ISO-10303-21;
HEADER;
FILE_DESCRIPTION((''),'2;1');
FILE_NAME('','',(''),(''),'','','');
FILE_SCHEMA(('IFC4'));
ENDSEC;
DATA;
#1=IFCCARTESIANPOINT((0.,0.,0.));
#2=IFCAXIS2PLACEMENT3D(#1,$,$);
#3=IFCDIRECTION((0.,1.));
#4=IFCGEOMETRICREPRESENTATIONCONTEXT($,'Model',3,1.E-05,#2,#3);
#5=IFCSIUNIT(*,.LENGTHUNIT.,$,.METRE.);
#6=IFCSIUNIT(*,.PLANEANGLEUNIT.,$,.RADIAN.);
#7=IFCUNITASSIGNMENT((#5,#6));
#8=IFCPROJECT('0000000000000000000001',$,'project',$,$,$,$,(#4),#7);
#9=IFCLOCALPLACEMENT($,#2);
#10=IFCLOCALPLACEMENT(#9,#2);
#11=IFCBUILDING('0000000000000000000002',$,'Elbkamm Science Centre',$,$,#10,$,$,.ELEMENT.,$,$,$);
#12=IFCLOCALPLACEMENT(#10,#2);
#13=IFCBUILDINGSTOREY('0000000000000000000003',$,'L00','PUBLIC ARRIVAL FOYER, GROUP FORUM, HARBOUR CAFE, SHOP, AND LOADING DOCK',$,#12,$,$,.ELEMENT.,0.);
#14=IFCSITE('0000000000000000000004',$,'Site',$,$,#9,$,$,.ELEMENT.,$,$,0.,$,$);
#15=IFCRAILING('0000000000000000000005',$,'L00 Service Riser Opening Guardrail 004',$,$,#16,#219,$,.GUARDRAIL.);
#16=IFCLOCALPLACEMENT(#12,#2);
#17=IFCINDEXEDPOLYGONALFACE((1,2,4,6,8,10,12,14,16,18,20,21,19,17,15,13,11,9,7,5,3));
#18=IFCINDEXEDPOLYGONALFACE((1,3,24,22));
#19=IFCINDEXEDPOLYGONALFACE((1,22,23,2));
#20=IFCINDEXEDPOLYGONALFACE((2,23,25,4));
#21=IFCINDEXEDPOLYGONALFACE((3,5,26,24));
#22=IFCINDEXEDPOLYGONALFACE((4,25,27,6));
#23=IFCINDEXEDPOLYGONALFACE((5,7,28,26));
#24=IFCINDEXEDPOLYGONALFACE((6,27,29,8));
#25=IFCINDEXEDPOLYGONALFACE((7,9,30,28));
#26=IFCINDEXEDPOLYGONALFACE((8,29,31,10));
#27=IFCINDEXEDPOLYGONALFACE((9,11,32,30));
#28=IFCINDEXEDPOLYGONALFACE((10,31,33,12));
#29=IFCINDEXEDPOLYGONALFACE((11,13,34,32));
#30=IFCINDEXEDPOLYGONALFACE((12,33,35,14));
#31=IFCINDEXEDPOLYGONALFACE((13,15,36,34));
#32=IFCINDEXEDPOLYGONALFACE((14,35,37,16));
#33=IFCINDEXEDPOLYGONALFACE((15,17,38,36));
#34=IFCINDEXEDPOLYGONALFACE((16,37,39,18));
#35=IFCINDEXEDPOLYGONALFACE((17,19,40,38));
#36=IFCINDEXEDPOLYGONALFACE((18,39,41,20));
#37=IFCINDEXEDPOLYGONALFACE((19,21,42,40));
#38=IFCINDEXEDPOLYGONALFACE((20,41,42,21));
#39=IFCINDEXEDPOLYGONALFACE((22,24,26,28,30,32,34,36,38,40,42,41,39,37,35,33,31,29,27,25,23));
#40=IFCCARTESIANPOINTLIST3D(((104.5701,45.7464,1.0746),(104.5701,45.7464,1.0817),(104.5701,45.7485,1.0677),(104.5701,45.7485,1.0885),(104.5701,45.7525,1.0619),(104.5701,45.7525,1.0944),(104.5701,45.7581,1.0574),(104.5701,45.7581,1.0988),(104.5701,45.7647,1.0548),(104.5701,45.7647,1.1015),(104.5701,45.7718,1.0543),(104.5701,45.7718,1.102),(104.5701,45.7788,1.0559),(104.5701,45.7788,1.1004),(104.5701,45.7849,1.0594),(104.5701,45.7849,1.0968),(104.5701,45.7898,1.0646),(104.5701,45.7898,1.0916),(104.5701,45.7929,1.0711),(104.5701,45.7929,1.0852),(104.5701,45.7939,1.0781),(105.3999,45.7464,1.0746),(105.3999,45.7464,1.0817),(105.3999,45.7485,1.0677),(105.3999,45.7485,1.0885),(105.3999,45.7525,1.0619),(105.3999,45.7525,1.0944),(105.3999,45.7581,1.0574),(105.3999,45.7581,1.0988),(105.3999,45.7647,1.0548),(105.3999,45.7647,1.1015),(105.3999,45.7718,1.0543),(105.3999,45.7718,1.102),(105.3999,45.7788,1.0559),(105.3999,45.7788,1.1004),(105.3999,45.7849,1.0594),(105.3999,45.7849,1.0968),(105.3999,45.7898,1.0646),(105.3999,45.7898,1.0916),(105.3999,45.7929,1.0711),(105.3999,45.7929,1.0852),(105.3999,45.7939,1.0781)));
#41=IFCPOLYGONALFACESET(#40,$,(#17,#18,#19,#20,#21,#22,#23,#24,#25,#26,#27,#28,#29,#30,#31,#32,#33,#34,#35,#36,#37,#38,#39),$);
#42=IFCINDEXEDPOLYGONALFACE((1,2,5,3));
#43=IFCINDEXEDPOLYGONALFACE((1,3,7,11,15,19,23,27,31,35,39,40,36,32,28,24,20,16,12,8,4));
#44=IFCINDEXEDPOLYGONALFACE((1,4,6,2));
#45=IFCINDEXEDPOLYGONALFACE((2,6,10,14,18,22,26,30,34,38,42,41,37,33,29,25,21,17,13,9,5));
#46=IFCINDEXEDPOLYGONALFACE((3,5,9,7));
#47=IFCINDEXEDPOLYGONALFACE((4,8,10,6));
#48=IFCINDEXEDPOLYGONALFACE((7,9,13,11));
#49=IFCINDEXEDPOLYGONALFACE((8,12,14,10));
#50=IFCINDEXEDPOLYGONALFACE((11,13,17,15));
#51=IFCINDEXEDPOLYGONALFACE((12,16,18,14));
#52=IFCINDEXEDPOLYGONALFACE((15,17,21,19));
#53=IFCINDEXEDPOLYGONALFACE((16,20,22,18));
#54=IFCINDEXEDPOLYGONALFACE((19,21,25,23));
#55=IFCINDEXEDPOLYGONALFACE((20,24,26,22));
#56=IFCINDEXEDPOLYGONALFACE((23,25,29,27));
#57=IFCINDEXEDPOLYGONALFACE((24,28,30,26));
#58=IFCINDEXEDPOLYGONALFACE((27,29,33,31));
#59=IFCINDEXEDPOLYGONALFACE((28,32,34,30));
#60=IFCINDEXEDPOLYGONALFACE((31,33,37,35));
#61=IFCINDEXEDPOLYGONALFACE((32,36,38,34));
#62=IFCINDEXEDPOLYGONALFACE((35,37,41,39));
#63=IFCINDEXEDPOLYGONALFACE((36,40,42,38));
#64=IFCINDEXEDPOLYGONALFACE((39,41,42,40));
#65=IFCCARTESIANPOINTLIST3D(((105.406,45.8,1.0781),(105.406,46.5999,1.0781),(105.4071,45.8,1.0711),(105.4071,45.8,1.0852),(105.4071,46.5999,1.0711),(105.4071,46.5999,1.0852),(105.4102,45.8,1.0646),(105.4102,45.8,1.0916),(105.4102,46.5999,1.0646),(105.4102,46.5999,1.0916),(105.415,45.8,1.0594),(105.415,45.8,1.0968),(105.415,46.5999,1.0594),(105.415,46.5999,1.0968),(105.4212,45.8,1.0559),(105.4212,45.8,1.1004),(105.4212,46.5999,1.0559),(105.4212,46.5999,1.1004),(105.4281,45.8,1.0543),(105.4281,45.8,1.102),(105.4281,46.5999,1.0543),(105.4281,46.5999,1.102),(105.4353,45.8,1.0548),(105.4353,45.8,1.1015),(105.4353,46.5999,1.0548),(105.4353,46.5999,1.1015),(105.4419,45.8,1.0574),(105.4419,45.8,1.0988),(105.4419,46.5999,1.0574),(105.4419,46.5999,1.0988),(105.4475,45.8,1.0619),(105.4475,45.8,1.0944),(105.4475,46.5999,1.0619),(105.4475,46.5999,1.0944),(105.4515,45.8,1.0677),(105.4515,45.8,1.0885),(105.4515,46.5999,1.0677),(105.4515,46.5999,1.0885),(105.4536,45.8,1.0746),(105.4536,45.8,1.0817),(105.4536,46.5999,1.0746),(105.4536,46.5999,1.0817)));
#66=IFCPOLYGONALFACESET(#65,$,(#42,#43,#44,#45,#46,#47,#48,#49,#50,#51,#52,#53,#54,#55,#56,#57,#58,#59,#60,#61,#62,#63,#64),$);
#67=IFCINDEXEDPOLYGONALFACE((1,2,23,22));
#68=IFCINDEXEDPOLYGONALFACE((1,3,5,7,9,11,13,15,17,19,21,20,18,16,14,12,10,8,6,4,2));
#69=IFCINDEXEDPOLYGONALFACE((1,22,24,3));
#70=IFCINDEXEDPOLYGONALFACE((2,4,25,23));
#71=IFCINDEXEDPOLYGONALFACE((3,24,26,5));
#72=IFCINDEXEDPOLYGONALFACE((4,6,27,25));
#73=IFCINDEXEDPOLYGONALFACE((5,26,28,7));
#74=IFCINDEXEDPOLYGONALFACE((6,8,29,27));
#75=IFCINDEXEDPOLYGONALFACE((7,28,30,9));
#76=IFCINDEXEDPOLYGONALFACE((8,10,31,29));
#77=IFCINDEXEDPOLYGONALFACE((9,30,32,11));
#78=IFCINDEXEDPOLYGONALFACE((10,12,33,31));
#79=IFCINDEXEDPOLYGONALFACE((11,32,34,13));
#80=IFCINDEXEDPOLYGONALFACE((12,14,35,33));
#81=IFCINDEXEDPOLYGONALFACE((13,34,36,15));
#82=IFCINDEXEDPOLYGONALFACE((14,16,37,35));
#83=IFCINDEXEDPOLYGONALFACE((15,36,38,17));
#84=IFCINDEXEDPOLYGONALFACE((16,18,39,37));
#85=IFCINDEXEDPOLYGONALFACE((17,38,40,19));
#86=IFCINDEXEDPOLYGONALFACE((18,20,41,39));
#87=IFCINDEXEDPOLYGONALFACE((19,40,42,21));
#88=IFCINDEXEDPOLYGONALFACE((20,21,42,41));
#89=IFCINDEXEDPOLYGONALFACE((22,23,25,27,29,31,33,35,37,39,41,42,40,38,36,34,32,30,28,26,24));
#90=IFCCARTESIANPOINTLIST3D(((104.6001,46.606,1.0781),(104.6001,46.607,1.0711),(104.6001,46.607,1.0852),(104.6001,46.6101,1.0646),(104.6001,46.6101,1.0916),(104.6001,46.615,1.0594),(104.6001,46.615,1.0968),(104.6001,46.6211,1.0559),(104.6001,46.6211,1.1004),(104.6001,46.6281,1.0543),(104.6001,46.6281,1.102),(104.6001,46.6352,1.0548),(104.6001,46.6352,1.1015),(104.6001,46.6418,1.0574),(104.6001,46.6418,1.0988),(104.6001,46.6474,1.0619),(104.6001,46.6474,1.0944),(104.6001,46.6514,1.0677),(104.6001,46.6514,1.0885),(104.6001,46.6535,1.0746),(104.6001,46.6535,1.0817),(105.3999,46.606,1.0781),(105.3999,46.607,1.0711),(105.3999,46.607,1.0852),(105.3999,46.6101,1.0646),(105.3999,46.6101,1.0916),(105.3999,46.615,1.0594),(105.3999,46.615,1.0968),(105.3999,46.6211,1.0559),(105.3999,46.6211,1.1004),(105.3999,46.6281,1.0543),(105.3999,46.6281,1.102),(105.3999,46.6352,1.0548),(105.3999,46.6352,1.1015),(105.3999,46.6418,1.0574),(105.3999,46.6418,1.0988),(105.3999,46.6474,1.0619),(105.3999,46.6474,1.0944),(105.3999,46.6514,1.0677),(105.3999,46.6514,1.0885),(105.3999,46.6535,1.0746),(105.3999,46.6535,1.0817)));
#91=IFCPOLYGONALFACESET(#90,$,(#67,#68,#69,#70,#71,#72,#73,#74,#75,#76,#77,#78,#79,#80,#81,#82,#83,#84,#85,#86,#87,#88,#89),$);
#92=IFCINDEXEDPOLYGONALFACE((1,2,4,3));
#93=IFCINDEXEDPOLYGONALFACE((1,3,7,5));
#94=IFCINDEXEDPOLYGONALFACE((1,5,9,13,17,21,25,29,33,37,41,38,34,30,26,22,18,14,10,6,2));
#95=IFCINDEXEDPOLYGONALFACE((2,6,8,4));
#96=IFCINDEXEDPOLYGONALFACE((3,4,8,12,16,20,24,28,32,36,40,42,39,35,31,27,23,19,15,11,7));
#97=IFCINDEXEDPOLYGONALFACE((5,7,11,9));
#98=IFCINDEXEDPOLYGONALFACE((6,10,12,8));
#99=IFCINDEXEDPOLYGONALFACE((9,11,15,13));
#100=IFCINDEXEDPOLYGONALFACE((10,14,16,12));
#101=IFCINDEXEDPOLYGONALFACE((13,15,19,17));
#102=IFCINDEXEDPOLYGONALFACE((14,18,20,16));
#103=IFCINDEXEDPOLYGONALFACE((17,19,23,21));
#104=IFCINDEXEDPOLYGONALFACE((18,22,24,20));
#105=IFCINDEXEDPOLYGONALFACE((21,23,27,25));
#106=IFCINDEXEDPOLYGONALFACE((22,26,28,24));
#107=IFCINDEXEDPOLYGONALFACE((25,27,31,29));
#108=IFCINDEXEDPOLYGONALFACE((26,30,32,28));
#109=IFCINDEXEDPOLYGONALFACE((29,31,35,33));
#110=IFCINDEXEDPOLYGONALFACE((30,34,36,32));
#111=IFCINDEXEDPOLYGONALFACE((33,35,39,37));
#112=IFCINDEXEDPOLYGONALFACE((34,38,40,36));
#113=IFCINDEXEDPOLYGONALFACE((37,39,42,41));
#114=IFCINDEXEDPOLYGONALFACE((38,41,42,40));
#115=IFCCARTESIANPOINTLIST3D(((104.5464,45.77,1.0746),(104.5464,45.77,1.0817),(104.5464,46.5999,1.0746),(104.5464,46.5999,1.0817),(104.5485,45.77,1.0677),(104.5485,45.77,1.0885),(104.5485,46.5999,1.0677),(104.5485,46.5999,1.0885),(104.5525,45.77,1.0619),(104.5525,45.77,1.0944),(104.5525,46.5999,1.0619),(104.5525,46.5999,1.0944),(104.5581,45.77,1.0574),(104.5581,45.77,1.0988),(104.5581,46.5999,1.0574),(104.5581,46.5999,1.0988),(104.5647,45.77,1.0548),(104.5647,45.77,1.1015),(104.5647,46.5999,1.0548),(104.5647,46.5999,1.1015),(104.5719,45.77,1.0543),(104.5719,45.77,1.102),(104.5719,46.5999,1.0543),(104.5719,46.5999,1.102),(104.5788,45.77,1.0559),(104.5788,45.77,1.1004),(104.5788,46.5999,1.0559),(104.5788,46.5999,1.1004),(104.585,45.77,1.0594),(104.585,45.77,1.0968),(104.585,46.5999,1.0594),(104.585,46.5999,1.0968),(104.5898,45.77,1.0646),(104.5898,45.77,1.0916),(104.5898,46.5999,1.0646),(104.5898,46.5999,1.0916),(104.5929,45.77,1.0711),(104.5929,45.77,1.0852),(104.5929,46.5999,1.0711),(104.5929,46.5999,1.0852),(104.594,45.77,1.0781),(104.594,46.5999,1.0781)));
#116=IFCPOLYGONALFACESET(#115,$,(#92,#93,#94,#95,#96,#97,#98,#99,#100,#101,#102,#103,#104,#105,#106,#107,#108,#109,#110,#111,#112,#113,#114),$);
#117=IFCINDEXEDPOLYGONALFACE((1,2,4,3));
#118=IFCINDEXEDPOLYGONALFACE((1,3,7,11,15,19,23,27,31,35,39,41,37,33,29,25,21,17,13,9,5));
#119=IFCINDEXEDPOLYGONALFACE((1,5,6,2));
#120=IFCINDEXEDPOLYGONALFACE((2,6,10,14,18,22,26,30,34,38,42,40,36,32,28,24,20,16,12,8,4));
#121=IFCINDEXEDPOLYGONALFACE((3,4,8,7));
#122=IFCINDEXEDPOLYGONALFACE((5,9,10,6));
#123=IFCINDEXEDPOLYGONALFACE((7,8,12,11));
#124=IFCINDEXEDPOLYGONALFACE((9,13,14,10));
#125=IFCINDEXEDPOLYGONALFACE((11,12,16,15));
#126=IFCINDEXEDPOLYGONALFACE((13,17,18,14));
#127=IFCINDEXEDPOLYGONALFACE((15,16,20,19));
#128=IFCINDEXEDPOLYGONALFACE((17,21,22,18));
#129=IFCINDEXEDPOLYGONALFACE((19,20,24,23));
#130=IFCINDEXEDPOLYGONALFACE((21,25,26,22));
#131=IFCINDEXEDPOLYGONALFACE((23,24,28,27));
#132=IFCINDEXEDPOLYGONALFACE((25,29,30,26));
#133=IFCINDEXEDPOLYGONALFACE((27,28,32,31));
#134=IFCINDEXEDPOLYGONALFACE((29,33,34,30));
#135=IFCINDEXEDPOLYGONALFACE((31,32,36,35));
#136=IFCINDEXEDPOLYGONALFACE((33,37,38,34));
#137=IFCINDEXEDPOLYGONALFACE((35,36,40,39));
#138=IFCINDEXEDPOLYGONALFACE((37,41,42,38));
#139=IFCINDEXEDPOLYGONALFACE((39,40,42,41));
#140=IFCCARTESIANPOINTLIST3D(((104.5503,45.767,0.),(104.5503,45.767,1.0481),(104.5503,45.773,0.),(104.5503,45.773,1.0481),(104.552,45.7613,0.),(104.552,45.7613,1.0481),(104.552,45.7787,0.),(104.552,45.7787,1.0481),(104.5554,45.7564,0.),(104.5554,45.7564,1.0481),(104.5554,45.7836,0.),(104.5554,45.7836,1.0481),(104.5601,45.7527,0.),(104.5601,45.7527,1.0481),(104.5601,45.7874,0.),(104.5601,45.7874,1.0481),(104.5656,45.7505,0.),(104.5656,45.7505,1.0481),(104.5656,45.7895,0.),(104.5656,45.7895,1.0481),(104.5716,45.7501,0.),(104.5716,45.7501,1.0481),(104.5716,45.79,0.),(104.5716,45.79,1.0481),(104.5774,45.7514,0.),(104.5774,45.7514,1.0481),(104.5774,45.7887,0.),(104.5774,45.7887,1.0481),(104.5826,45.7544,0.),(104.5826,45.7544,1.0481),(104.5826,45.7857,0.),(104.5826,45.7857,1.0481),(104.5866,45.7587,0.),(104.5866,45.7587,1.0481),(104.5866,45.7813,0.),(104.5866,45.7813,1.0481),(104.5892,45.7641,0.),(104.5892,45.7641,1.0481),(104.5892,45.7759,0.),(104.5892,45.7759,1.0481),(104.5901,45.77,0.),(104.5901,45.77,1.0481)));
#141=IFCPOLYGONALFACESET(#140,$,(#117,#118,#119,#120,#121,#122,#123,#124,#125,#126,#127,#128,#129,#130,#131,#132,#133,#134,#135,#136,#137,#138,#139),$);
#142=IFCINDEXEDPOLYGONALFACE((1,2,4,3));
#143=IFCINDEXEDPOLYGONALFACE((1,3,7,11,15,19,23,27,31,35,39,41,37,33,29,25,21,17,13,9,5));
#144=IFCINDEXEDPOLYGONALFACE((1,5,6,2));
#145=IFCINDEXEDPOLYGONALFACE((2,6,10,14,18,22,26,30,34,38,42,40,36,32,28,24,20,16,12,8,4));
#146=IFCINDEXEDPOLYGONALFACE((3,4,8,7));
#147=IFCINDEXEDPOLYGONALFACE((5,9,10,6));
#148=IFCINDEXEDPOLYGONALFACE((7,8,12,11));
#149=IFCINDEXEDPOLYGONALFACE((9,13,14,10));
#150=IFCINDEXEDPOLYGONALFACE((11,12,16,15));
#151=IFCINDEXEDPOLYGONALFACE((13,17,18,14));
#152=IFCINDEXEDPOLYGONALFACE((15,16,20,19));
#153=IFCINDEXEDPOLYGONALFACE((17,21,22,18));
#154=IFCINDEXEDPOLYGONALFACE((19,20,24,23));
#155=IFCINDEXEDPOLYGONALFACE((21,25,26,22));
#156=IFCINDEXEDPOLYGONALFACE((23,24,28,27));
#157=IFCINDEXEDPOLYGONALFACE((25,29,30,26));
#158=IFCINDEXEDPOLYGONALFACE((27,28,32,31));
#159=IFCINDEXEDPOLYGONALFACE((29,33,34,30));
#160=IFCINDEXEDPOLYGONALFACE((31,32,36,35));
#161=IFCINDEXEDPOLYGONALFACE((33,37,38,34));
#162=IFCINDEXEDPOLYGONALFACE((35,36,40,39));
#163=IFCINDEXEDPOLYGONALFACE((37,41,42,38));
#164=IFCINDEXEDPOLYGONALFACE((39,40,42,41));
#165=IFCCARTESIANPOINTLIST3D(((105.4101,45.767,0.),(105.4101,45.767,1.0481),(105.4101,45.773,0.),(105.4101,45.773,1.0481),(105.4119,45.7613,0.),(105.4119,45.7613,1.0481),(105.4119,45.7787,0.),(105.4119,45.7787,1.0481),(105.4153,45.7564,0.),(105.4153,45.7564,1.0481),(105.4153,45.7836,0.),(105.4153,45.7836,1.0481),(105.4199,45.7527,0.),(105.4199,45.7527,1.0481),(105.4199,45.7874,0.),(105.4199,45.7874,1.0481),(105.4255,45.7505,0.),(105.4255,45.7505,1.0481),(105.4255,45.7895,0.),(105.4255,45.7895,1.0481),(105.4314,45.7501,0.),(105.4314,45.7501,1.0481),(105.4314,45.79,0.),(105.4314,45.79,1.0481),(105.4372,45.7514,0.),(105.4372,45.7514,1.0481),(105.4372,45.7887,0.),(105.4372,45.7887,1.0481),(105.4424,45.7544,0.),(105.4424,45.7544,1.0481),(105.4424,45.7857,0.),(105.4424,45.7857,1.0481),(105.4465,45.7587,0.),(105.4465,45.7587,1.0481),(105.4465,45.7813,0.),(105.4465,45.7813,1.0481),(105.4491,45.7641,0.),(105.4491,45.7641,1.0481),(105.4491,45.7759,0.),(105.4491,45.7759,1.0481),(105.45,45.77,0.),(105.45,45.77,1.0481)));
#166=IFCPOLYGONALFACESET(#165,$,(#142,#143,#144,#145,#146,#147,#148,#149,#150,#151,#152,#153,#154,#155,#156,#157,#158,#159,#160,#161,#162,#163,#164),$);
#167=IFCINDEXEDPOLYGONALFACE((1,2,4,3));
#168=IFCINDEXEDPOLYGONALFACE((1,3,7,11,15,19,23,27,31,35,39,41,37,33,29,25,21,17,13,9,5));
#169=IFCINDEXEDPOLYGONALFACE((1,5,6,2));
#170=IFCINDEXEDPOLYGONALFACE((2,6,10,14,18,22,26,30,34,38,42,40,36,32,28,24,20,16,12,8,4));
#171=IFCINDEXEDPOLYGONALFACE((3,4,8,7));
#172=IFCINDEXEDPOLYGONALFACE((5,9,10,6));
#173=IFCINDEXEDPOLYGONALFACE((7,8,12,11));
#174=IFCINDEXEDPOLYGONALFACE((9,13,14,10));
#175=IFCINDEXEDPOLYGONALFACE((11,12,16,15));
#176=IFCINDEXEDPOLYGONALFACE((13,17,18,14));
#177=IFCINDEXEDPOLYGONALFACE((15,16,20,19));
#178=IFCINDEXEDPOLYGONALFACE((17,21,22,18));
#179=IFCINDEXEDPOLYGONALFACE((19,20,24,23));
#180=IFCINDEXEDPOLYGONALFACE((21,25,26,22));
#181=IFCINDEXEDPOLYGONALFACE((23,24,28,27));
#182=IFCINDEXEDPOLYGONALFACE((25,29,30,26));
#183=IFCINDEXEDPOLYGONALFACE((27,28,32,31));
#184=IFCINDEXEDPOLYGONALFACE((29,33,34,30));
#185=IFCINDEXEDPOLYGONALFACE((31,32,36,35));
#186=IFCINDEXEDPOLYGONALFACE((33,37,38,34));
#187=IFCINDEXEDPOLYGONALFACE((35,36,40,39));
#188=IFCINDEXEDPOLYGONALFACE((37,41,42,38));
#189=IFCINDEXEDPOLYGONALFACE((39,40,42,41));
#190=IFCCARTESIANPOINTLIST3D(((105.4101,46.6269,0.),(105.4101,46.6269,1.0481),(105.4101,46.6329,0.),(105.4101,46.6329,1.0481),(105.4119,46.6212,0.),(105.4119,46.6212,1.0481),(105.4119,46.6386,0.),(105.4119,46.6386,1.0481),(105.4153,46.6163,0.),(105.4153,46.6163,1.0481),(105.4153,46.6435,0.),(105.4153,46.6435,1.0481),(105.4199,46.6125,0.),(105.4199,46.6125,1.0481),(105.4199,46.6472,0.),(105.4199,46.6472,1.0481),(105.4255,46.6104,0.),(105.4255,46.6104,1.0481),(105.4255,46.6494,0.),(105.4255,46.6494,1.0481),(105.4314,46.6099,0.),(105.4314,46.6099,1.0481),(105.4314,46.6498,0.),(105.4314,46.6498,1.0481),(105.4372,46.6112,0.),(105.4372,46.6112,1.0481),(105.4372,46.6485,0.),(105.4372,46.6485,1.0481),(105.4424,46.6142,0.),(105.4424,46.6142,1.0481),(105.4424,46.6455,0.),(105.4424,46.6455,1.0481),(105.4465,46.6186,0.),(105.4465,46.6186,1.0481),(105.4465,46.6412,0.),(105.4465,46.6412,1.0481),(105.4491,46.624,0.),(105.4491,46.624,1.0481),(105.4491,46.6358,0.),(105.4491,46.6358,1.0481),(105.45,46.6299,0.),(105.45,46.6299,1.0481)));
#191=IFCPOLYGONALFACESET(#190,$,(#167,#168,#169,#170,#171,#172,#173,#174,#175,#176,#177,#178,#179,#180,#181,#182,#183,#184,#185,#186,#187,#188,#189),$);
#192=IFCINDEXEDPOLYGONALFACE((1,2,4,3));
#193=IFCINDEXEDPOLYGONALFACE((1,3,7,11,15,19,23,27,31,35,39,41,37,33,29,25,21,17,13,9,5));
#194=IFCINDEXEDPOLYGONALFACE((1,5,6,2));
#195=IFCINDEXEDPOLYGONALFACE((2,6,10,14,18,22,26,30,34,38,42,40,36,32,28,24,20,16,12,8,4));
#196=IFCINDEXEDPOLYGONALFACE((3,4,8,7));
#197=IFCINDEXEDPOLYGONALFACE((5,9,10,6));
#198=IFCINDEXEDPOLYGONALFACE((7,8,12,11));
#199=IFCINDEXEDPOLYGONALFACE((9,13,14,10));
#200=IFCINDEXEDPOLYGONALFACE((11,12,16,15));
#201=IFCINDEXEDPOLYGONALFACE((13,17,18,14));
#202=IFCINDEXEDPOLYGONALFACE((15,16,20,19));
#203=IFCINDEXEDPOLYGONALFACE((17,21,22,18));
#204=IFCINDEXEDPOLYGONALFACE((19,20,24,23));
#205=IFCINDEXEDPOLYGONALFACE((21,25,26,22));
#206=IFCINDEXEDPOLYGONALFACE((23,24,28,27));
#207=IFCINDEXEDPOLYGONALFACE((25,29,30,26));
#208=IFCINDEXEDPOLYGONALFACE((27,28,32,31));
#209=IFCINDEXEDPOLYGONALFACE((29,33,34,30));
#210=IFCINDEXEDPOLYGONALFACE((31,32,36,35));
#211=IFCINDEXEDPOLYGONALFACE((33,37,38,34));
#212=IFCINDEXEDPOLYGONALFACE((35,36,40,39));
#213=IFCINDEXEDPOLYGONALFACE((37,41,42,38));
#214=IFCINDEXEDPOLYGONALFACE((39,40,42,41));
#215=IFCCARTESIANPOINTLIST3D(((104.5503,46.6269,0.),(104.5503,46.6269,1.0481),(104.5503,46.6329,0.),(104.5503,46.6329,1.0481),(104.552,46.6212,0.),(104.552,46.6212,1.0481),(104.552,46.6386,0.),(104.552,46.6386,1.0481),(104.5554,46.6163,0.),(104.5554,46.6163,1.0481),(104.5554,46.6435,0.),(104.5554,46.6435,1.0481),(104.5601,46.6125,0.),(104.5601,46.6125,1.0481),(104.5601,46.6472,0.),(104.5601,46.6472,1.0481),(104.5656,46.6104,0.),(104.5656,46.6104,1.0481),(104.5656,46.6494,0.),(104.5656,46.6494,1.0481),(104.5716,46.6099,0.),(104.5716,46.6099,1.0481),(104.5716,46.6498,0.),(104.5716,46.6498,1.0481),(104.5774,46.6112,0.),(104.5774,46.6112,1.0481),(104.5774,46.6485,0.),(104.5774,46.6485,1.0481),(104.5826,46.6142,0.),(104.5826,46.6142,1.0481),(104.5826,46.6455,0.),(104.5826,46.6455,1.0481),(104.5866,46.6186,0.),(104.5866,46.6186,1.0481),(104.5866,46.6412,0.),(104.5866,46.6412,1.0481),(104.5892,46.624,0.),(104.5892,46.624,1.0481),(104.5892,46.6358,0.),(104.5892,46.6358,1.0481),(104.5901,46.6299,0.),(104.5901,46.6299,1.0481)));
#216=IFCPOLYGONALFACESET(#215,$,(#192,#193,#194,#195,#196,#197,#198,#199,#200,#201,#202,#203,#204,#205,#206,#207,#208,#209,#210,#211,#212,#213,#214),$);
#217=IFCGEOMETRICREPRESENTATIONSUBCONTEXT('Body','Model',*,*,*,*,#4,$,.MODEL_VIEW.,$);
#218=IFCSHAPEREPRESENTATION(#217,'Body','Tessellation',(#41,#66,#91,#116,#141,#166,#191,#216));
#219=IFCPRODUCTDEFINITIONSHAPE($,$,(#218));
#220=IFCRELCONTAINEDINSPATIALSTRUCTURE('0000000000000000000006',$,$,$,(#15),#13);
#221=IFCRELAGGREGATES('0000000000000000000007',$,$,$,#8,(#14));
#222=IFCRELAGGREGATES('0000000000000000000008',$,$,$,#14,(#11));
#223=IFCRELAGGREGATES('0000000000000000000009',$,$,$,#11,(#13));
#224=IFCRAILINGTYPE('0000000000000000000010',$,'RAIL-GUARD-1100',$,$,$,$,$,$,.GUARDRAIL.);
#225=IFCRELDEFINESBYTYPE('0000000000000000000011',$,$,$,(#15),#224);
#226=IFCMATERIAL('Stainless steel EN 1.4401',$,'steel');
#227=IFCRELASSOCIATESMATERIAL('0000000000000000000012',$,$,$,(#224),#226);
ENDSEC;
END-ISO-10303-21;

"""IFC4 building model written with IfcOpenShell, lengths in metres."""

from ifc_helpers import new_model, si_unit, direction, frame, origin, origin_2d, place, context, subcontext, project, spatial, circle, extrude, material, type_object, element, save


model = new_model("IFC4")

# Units and contexts
model_context = context("Model", 3, precision=1e-05, world=origin(), true_north=direction((0.0, 1.0)))
body_context = subcontext(model_context, "Body", "Model", "MODEL_VIEW")
ifc_project = project(units=[si_unit("LENGTHUNIT", "METRE"), si_unit("PLANEANGLEUNIT", "RADIAN")], contexts=[model_context])

# Site, building, storey
site_placement = place(None, origin())
site = spatial("IfcSite", under=ifc_project, at=site_placement, Name="Site", CompositionType="ELEMENT", RefElevation=0.0)
building_placement = place(site_placement, origin())
building = spatial("IfcBuilding", under=site, at=building_placement, Name="Elbkamm Science Centre", CompositionType="ELEMENT")
storey_placement = place(building_placement, origin())
storey = spatial("IfcBuildingStorey", under=building, at=storey_placement, Name="L00", Description="PUBLIC ARRIVAL FOYER, GROUP FORUM, HARBOUR CAFE, SHOP, AND LOADING DOCK", CompositionType="ELEMENT", Elevation=0.0)

# Railing
ifc_material_1 = material(Name="Stainless steel EN 1.4401", Category="steel")
railing_type = type_object("IfcRailingType", Name="RAIL-GUARD-1100", PredefinedType="GUARDRAIL", material=ifc_material_1)
railing_placement = place(storey_placement, frame((104.5701, 45.77, 0.0)))
element("IfcRailing", 1, at=railing_placement, inside=storey, type_object=railing_type, Name="L00 Service Riser Opening Guardrail 004", PredefinedType="GUARDRAIL", context=body_context, shape_type="SweptSolid", body=[
    extrude(circle(Radius=0.0239, at=origin_2d()), frame((0.0, 0.0, 1.0781), z_axis=(1.0, 0.0, 0.0), x_axis=(0.0, 1.0, 0.0)), (0.0, 0.0, 1.0), 0.8298),
    extrude(circle(Radius=0.0239, at=origin_2d()), frame((0.8599, 0.03, 1.0781), z_axis=(0.0, 1.0, 0.0), x_axis=(-1.0, 0.0, 0.0)), (0.0, 0.0, 1.0), 0.7998),
    extrude(circle(Radius=0.0239, at=origin_2d()), frame((0.8298, 0.8599, 1.0781), z_axis=(-1.0, 0.0, 0.0), x_axis=(0.0, -1.0, 0.0)), (0.0, 0.0, 1.0), 0.7998),
    extrude(circle(Radius=0.0239, at=origin_2d()), frame((0.0, 0.8298, 1.0781), z_axis=(0.0, -1.0, 0.0), x_axis=(1.0, 0.0, 0.0)), (0.0, 0.0, 1.0), 0.8298),
    extrude(circle(Radius=0.02, at=origin_2d()), origin(), (0.0, 0.0, 1.0), 1.0481),
    extrude(circle(Radius=0.02, at=origin_2d()), frame((0.8599, 0.0, 0.0)), (0.0, 0.0, 1.0), 1.0481),
    extrude(circle(Radius=0.02, at=origin_2d()), frame((0.8599, 0.8599, 0.0)), (0.0, 0.0, 1.0), 1.0481),
    extrude(circle(Radius=0.02, at=origin_2d()), frame((0.0, 0.8599, 0.0)), (0.0, 0.0, 1.0), 1.0481),
])

save(model, "model.ifc")
